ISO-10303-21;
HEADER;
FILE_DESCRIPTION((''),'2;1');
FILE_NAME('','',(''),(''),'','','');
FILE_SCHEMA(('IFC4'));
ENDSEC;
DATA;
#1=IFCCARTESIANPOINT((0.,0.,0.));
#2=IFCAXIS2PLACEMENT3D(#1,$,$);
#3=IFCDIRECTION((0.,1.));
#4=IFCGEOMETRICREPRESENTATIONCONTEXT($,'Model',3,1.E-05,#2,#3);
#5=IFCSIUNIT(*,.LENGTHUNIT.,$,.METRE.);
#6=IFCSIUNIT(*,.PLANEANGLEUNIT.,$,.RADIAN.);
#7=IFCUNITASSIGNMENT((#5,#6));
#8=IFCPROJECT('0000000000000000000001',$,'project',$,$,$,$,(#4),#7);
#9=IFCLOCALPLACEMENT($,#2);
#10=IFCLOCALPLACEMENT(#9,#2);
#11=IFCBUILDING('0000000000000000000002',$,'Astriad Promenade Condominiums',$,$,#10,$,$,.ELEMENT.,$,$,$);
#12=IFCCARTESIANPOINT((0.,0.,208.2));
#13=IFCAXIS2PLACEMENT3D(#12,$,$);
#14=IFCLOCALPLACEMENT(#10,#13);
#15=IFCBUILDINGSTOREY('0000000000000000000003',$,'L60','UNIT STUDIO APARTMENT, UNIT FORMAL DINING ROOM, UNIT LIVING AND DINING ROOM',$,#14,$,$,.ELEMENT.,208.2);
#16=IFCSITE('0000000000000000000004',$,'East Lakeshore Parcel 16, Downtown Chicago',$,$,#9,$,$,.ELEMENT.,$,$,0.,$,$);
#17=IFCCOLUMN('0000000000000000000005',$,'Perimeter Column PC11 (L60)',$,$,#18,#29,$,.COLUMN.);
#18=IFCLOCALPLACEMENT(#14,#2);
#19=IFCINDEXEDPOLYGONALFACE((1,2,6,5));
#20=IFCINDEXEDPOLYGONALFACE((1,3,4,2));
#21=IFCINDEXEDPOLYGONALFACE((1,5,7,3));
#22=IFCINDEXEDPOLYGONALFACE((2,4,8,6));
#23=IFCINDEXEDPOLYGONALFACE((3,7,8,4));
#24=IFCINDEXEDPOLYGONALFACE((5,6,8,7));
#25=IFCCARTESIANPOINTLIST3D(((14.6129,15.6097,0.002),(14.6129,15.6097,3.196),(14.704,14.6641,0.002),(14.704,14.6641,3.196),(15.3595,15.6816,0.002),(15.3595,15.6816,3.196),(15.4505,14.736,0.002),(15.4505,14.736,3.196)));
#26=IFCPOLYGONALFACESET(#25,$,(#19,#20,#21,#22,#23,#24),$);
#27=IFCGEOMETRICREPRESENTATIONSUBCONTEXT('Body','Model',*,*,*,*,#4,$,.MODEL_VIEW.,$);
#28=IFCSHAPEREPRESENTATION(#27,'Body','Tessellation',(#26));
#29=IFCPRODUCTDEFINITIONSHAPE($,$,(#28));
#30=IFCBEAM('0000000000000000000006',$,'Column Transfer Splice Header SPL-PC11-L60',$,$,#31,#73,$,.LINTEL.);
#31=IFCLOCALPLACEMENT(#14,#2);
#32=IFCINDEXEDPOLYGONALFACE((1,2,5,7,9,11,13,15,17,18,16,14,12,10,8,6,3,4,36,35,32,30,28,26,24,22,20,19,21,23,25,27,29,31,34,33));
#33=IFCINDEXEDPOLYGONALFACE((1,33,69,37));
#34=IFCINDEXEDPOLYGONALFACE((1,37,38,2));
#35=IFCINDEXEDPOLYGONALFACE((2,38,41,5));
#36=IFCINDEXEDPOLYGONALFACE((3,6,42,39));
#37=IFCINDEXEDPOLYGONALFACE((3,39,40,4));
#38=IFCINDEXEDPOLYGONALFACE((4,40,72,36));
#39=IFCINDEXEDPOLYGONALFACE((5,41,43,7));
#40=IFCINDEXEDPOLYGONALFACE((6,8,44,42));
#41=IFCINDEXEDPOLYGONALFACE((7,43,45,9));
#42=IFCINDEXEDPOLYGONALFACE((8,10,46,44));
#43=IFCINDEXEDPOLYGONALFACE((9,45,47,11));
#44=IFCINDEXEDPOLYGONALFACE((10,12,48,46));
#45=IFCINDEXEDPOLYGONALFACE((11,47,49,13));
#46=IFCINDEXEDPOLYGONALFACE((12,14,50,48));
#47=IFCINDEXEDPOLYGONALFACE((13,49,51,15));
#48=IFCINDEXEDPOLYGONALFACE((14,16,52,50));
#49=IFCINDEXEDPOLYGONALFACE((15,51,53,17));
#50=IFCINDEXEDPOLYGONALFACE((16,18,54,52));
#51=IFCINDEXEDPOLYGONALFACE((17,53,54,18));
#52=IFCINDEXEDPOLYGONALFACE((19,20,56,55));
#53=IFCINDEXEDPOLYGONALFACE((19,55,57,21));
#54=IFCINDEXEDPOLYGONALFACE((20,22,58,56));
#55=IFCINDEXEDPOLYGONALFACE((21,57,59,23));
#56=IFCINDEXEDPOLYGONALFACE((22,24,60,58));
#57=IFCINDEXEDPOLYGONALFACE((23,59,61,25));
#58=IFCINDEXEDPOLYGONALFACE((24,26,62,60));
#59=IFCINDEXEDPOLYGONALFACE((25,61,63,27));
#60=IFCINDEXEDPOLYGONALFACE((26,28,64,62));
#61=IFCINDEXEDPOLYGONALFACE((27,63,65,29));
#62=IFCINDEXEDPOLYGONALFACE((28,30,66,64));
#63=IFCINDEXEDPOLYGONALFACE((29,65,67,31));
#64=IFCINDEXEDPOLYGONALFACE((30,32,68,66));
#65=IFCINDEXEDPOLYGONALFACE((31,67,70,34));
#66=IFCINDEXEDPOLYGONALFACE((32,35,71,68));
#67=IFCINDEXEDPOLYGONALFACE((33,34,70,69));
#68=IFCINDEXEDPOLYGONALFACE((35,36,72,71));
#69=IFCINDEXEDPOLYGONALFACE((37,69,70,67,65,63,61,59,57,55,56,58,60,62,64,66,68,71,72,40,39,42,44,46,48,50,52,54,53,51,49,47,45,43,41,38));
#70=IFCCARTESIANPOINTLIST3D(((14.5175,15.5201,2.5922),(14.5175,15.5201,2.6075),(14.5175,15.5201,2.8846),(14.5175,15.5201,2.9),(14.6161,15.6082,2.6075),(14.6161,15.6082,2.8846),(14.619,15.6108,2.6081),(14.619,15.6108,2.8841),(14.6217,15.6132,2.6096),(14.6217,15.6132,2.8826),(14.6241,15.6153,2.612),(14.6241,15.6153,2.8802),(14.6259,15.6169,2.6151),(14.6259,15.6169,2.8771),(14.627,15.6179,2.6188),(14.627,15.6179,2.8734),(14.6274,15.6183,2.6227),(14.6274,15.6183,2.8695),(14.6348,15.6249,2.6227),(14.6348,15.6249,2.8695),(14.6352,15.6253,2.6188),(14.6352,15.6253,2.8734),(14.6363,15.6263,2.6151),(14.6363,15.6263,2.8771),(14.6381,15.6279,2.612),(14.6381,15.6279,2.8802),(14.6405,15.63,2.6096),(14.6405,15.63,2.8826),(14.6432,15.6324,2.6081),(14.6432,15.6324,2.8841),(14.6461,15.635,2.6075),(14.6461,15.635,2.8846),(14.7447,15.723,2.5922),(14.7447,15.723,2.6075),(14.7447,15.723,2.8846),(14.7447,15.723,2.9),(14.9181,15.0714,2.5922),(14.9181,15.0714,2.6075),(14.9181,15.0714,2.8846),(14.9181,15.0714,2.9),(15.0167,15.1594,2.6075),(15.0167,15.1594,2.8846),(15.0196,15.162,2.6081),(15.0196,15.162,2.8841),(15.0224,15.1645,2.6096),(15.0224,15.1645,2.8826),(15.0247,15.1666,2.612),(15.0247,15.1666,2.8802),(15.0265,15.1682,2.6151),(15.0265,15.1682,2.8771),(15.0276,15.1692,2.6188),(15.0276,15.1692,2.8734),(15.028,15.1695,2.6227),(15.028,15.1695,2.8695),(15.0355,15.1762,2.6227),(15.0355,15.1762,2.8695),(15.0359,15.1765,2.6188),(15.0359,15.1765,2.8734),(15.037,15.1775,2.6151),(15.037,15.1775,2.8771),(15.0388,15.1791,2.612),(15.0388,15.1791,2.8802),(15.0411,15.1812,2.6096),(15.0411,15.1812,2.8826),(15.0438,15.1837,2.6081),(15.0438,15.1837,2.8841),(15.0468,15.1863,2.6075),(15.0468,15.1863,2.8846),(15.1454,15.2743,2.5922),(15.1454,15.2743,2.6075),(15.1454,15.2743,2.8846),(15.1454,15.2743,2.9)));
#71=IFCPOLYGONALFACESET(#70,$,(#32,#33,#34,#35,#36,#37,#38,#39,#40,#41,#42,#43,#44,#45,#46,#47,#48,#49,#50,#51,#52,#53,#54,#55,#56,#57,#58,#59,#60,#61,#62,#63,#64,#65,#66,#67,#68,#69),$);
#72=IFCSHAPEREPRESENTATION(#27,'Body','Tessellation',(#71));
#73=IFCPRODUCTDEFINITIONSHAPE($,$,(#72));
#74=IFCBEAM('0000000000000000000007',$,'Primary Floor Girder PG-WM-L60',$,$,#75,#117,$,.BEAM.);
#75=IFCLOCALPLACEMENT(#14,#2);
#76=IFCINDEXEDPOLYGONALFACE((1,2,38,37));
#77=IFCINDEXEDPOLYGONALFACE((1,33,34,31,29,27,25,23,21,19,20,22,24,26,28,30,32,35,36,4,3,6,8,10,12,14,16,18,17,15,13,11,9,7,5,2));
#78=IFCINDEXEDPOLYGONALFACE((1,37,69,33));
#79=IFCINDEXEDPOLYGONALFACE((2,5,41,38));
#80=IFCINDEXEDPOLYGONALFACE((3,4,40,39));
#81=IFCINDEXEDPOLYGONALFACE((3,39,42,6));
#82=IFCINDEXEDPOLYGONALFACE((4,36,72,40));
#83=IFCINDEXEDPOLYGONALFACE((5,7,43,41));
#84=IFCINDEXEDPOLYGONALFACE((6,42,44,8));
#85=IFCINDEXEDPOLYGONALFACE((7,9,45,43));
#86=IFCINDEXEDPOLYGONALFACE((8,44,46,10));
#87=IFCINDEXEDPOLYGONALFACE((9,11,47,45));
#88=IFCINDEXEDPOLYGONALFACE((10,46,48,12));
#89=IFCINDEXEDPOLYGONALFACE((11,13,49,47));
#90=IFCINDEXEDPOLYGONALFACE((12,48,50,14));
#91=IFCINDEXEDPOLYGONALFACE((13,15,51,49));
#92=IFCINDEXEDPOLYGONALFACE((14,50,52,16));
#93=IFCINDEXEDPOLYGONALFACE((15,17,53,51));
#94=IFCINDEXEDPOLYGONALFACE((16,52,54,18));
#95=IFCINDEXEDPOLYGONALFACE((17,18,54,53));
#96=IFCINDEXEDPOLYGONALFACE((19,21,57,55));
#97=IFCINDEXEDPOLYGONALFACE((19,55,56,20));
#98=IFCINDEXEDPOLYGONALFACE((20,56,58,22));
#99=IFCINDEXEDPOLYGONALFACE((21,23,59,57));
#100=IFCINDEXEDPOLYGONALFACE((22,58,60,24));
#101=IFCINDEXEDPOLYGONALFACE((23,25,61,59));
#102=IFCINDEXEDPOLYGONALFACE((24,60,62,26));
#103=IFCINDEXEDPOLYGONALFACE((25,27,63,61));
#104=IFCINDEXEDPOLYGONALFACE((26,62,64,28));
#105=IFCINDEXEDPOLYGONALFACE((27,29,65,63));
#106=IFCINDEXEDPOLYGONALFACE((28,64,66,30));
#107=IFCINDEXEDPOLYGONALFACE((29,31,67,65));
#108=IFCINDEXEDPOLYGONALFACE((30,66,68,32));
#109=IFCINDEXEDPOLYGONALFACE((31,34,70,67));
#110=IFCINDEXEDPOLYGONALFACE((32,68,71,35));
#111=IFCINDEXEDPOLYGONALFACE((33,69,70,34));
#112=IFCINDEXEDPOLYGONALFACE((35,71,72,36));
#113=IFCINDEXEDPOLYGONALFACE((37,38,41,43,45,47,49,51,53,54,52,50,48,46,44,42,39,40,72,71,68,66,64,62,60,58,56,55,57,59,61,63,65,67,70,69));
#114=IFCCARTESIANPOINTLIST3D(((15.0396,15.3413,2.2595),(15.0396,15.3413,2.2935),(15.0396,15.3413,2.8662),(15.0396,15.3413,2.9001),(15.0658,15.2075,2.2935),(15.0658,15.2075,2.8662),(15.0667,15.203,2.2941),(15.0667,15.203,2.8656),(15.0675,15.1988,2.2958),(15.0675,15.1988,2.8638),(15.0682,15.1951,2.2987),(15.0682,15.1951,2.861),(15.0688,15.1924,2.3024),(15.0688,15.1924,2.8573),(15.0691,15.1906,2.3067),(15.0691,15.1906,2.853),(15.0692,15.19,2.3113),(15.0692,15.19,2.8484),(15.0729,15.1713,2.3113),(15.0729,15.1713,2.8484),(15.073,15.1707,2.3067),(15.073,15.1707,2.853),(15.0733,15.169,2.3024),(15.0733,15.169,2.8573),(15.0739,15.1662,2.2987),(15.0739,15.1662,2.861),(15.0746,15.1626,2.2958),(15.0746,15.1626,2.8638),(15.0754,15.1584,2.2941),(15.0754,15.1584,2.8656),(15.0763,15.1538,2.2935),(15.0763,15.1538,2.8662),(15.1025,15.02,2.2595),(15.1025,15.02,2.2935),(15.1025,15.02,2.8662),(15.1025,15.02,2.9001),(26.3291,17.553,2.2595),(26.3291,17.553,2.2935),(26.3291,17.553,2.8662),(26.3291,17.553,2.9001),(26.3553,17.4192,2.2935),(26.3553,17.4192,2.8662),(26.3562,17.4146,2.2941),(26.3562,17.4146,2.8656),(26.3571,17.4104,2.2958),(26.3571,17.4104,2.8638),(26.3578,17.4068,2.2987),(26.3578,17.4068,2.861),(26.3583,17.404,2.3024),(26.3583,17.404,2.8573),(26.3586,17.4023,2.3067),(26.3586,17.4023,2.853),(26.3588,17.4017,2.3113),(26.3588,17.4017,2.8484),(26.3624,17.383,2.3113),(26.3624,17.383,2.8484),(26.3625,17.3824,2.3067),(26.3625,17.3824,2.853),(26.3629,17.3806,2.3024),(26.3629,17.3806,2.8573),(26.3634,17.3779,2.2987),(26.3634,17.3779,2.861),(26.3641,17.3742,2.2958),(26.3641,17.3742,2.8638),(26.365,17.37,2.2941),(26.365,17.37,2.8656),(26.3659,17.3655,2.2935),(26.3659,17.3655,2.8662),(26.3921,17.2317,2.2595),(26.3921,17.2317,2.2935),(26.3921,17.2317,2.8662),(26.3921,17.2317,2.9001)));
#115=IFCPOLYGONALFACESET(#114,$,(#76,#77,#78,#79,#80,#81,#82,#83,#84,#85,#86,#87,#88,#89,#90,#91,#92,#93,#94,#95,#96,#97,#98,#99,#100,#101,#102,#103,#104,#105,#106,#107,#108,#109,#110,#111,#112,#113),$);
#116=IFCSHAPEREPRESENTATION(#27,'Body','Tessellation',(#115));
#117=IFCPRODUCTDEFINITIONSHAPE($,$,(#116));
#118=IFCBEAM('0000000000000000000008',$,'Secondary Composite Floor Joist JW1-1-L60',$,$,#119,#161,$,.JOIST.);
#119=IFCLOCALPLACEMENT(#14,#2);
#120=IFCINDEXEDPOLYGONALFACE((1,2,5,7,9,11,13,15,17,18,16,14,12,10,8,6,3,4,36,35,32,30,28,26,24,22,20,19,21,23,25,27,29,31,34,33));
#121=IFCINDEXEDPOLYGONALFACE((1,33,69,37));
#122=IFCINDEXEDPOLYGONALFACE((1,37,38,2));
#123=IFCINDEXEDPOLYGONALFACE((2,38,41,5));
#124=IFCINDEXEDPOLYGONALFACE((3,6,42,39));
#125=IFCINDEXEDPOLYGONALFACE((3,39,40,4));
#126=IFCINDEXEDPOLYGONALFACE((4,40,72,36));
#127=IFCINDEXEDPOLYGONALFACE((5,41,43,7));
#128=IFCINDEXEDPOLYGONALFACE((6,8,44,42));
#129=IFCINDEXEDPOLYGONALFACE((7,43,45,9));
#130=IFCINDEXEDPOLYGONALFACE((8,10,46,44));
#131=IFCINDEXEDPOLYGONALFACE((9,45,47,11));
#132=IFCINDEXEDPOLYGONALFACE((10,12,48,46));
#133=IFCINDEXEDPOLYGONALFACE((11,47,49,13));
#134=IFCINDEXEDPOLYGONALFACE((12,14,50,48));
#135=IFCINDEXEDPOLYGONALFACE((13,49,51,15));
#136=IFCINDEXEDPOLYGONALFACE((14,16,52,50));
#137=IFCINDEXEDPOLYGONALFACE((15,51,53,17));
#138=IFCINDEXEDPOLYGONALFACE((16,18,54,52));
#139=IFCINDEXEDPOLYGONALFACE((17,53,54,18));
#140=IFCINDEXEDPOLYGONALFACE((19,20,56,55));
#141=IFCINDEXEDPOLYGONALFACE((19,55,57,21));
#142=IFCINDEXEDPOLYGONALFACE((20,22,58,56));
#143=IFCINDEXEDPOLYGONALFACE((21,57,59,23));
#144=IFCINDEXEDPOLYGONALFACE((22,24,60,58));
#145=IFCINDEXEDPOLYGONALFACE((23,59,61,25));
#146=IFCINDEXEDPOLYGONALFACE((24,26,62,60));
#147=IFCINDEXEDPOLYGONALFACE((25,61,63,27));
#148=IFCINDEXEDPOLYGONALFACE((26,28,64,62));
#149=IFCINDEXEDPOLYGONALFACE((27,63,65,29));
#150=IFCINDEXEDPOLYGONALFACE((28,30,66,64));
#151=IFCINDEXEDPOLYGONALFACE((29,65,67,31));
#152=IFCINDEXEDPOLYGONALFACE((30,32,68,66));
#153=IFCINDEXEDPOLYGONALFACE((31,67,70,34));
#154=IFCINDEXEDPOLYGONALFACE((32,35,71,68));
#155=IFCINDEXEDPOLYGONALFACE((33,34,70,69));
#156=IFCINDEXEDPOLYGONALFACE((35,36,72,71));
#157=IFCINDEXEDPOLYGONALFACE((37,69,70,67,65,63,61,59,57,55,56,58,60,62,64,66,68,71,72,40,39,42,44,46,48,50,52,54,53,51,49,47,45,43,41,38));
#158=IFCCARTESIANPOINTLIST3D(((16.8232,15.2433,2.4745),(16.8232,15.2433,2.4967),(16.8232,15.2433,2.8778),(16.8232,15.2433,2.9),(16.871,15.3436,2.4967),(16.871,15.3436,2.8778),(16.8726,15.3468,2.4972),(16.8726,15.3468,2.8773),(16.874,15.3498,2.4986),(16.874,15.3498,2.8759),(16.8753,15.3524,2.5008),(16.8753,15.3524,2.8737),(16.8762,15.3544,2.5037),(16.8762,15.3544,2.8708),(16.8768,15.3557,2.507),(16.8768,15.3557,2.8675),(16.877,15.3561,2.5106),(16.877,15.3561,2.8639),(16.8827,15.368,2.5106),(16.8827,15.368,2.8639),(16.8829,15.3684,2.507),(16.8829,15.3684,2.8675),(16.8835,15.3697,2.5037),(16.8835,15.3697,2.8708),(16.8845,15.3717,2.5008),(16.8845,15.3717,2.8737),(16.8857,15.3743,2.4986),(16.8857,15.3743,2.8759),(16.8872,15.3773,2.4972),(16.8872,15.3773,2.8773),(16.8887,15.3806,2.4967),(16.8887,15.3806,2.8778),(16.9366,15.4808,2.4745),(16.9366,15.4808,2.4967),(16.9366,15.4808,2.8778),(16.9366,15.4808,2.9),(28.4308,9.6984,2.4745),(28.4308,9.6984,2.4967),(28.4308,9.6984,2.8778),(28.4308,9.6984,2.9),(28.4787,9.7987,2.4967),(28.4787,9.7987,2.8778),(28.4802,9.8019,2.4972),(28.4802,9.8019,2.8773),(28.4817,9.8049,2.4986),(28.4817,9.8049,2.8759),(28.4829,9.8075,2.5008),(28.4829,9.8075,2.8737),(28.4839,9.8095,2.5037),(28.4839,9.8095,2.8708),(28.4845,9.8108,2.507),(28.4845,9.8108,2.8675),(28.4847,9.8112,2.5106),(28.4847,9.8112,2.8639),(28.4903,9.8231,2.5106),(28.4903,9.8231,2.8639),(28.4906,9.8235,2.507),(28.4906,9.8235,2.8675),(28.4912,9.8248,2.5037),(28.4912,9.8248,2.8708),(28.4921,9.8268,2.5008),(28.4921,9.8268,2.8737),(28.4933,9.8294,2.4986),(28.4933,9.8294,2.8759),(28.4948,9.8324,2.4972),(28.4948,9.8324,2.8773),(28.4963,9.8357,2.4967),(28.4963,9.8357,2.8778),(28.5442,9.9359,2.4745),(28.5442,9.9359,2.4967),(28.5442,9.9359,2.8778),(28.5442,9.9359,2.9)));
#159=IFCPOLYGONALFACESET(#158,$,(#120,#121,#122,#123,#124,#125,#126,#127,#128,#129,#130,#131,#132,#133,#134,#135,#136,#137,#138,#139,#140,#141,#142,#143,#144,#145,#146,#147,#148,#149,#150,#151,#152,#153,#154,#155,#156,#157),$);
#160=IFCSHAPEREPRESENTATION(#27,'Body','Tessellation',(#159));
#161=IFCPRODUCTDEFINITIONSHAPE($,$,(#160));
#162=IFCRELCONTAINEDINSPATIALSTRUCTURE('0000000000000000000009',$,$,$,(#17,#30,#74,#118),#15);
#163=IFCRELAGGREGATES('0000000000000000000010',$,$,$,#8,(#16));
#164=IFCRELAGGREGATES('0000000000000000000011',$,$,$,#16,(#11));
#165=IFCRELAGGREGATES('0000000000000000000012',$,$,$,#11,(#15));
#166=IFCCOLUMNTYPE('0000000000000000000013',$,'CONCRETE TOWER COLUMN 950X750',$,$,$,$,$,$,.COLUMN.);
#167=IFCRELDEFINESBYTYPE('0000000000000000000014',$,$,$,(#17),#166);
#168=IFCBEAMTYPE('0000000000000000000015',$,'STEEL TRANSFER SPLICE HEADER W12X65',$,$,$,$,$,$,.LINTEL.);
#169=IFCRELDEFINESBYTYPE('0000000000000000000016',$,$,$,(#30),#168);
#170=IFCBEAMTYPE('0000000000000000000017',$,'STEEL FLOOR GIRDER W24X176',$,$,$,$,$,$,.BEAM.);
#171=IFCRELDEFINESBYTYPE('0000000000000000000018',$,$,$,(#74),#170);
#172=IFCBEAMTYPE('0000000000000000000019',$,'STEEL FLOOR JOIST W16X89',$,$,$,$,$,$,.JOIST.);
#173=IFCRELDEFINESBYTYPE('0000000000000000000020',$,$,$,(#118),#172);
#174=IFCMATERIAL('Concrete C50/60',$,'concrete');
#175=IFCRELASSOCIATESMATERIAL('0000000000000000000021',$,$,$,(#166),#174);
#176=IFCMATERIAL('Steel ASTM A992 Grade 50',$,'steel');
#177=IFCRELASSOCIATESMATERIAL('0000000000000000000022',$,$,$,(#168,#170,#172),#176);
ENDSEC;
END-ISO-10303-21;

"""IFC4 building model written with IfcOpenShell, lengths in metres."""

from ifc_helpers import new_model, si_unit, direction, frame, origin, origin_2d, place, context, subcontext, project, spatial, rectangle, i_section, extrude, source, transform, mapped, material, material_profile, profile_set, type_object, type_shapes, element, save


model = new_model("IFC4")

# Units and contexts
model_context = context("Model", 3, precision=1e-05, world=origin(), true_north=direction((0.0, 1.0)))
body_context = subcontext(model_context, "Body", "Model", "MODEL_VIEW")
ifc_project = project(units=[si_unit("LENGTHUNIT", "METRE"), si_unit("PLANEANGLEUNIT", "RADIAN")], contexts=[model_context])

# Site, building, storey
site_placement = place(None, origin())
site = spatial("IfcSite", under=ifc_project, at=site_placement, Name="East Lakeshore Parcel 16, Downtown Chicago", CompositionType="ELEMENT", RefElevation=0.0)
building_placement = place(site_placement, origin())
building = spatial("IfcBuilding", under=site, at=building_placement, Name="Astriad Promenade Condominiums", CompositionType="ELEMENT")
storey_placement = place(building_placement, frame((0.0, 0.0, 208.2)))
storey = spatial("IfcBuildingStorey", under=building, at=storey_placement, Name="L60", Description="UNIT STUDIO APARTMENT, UNIT FORMAL DINING ROOM, UNIT LIVING AND DINING ROOM", CompositionType="ELEMENT", Elevation=208.2)

# Column
ifc_material_1 = material(Name="Concrete C50/60", Category="concrete")
ifc_material_profile_1 = material_profile(ifc_material_1, rectangle(XDim=0.75, YDim=0.95, at=origin_2d()), Name="RC-COL-950X750")
ifc_profile_set_1 = profile_set([ifc_material_profile_1], Name="Concrete C50/60")
column_type = type_object("IfcColumnType", Name="CONCRETE TOWER COLUMN 950X750", PredefinedType="COLUMN", material=ifc_profile_set_1)
shared_shape_1 = source(origin(), body_context, "Body", "SweptSolid", [
    extrude(rectangle(XDim=0.75, YDim=0.95, at=origin_2d()), origin(), (0.0, 0.0, 1.0), 3.1941),
])
type_shapes(column_type, [shared_shape_1])
column_placement = place(storey_placement, frame((15.0317, 15.1729, 0.002), z_axis=(0.0, 0.0, 1.0), x_axis=(0.995396, 0.095846, 0.0)))
element("IfcColumn", 1, at=column_placement, inside=storey, type_object=column_type, Name="Perimeter Column PC11 (L60)", PredefinedType="COLUMN", context=body_context, shape_type="MappedRepresentation", body=[
    mapped(shared_shape_1, transform((0.0, 0.0, 0.0), scale=1.0)),
])

# Beams
ifc_material_2 = material(Name="Steel ASTM A992 Grade 50", Category="steel")
ifc_material_profile_2 = material_profile(ifc_material_2, i_section(OverallWidth=0.3047, OverallDepth=0.3079, WebThickness=0.01, FlangeThickness=0.0154, FilletRadius=0.0151, at=origin_2d()), Name="W12X65")
ifc_profile_set_2 = profile_set([ifc_material_profile_2], Name="Steel ASTM A992 Grade 50")
beam_type_1 = type_object("IfcBeamType", Name="STEEL TRANSFER SPLICE HEADER W12X65", PredefinedType="LINTEL", material=ifc_profile_set_2)
shared_shape_2 = source(origin(), body_context, "Body", "SweptSolid", [
    extrude(i_section(OverallWidth=0.3047, OverallDepth=0.3079, WebThickness=0.01, FlangeThickness=0.0154, FilletRadius=0.0151, at=origin_2d()), origin(), (0.0, 0.0, 1.0), 0.6016),
])
type_shapes(beam_type_1, [shared_shape_2])
beam_1_placement = place(storey_placement, frame((15.0317, 15.1729, 2.7461), z_axis=(-0.666, 0.745952, 0.0), x_axis=(-0.745952, -0.666, 0.0)))
element("IfcBeam", 2, at=beam_1_placement, inside=storey, type_object=beam_type_1, Name="Column Transfer Splice Header SPL-PC11-L60", PredefinedType="LINTEL", context=body_context, shape_type="MappedRepresentation", body=[
    mapped(shared_shape_2, transform((0.0, 0.0, 0.0), scale=1.0)),
])
ifc_material_profile_3 = material_profile(ifc_material_2, i_section(OverallWidth=0.3274, OverallDepth=0.6406, WebThickness=0.019, FlangeThickness=0.0339, FilletRadius=0.0178, at=origin_2d()), Name="W24X176")
ifc_profile_set_3 = profile_set([ifc_material_profile_3], Name="Steel ASTM A992 Grade 50")
beam_type_2 = type_object("IfcBeamType", Name="STEEL FLOOR GIRDER W24X176", PredefinedType="BEAM", material=ifc_profile_set_3)
shared_shape_3 = source(origin(), body_context, "Body", "SweptSolid", [
    extrude(i_section(OverallWidth=0.3274, OverallDepth=0.6406, WebThickness=0.019, FlangeThickness=0.0339, FilletRadius=0.0178, at=origin_2d()), origin(), (0.0, 0.0, 1.0), 11.5042),
])
type_shapes(beam_type_2, [shared_shape_3])
beam_2_placement = place(storey_placement, frame((15.071, 15.1807, 2.5798), z_axis=(0.981346, 0.19225, 0.0), x_axis=(-0.19225, 0.981346, 0.0)))
element("IfcBeam", 3, at=beam_2_placement, inside=storey, type_object=beam_type_2, Name="Primary Floor Girder PG-WM-L60", PredefinedType="BEAM", context=body_context, shape_type="MappedRepresentation", body=[
    mapped(shared_shape_3, transform((0.0, 0.0, 0.0), scale=1.0)),
])
ifc_material_profile_4 = material_profile(ifc_material_2, i_section(OverallWidth=0.2632, OverallDepth=0.4255, WebThickness=0.0132, FlangeThickness=0.0222, FilletRadius=0.0139, at=origin_2d()), Name="W16X89")
ifc_profile_set_4 = profile_set([ifc_material_profile_4], Name="Steel ASTM A992 Grade 50")
beam_type_3 = type_object("IfcBeamType", Name="STEEL FLOOR JOIST W16X89", PredefinedType="JOIST", material=ifc_profile_set_4)
shared_shape_4 = source(origin(), body_context, "Body", "SweptSolid", [
    extrude(i_section(OverallWidth=0.2632, OverallDepth=0.4255, WebThickness=0.0132, FlangeThickness=0.0222, FilletRadius=0.0139, at=origin_2d()), origin(), (0.0, 0.0, 1.0), 12.864),
])
beam_3_placement = place(storey_placement, frame((16.8799, 15.3621, 2.6873), z_axis=(0.902333, -0.43104, 0.0), x_axis=(0.43104, 0.902333, 0.0)))
element("IfcBeam", 4, at=beam_3_placement, inside=storey, type_object=beam_type_3, Name="Secondary Composite Floor Joist JW1-1-L60", PredefinedType="JOIST", context=body_context, shape_type="MappedRepresentation", body=[
    mapped(shared_shape_4, transform((0.0, 0.0, 0.0), scale=1.0)),
])

save(model, "model.ifc")
